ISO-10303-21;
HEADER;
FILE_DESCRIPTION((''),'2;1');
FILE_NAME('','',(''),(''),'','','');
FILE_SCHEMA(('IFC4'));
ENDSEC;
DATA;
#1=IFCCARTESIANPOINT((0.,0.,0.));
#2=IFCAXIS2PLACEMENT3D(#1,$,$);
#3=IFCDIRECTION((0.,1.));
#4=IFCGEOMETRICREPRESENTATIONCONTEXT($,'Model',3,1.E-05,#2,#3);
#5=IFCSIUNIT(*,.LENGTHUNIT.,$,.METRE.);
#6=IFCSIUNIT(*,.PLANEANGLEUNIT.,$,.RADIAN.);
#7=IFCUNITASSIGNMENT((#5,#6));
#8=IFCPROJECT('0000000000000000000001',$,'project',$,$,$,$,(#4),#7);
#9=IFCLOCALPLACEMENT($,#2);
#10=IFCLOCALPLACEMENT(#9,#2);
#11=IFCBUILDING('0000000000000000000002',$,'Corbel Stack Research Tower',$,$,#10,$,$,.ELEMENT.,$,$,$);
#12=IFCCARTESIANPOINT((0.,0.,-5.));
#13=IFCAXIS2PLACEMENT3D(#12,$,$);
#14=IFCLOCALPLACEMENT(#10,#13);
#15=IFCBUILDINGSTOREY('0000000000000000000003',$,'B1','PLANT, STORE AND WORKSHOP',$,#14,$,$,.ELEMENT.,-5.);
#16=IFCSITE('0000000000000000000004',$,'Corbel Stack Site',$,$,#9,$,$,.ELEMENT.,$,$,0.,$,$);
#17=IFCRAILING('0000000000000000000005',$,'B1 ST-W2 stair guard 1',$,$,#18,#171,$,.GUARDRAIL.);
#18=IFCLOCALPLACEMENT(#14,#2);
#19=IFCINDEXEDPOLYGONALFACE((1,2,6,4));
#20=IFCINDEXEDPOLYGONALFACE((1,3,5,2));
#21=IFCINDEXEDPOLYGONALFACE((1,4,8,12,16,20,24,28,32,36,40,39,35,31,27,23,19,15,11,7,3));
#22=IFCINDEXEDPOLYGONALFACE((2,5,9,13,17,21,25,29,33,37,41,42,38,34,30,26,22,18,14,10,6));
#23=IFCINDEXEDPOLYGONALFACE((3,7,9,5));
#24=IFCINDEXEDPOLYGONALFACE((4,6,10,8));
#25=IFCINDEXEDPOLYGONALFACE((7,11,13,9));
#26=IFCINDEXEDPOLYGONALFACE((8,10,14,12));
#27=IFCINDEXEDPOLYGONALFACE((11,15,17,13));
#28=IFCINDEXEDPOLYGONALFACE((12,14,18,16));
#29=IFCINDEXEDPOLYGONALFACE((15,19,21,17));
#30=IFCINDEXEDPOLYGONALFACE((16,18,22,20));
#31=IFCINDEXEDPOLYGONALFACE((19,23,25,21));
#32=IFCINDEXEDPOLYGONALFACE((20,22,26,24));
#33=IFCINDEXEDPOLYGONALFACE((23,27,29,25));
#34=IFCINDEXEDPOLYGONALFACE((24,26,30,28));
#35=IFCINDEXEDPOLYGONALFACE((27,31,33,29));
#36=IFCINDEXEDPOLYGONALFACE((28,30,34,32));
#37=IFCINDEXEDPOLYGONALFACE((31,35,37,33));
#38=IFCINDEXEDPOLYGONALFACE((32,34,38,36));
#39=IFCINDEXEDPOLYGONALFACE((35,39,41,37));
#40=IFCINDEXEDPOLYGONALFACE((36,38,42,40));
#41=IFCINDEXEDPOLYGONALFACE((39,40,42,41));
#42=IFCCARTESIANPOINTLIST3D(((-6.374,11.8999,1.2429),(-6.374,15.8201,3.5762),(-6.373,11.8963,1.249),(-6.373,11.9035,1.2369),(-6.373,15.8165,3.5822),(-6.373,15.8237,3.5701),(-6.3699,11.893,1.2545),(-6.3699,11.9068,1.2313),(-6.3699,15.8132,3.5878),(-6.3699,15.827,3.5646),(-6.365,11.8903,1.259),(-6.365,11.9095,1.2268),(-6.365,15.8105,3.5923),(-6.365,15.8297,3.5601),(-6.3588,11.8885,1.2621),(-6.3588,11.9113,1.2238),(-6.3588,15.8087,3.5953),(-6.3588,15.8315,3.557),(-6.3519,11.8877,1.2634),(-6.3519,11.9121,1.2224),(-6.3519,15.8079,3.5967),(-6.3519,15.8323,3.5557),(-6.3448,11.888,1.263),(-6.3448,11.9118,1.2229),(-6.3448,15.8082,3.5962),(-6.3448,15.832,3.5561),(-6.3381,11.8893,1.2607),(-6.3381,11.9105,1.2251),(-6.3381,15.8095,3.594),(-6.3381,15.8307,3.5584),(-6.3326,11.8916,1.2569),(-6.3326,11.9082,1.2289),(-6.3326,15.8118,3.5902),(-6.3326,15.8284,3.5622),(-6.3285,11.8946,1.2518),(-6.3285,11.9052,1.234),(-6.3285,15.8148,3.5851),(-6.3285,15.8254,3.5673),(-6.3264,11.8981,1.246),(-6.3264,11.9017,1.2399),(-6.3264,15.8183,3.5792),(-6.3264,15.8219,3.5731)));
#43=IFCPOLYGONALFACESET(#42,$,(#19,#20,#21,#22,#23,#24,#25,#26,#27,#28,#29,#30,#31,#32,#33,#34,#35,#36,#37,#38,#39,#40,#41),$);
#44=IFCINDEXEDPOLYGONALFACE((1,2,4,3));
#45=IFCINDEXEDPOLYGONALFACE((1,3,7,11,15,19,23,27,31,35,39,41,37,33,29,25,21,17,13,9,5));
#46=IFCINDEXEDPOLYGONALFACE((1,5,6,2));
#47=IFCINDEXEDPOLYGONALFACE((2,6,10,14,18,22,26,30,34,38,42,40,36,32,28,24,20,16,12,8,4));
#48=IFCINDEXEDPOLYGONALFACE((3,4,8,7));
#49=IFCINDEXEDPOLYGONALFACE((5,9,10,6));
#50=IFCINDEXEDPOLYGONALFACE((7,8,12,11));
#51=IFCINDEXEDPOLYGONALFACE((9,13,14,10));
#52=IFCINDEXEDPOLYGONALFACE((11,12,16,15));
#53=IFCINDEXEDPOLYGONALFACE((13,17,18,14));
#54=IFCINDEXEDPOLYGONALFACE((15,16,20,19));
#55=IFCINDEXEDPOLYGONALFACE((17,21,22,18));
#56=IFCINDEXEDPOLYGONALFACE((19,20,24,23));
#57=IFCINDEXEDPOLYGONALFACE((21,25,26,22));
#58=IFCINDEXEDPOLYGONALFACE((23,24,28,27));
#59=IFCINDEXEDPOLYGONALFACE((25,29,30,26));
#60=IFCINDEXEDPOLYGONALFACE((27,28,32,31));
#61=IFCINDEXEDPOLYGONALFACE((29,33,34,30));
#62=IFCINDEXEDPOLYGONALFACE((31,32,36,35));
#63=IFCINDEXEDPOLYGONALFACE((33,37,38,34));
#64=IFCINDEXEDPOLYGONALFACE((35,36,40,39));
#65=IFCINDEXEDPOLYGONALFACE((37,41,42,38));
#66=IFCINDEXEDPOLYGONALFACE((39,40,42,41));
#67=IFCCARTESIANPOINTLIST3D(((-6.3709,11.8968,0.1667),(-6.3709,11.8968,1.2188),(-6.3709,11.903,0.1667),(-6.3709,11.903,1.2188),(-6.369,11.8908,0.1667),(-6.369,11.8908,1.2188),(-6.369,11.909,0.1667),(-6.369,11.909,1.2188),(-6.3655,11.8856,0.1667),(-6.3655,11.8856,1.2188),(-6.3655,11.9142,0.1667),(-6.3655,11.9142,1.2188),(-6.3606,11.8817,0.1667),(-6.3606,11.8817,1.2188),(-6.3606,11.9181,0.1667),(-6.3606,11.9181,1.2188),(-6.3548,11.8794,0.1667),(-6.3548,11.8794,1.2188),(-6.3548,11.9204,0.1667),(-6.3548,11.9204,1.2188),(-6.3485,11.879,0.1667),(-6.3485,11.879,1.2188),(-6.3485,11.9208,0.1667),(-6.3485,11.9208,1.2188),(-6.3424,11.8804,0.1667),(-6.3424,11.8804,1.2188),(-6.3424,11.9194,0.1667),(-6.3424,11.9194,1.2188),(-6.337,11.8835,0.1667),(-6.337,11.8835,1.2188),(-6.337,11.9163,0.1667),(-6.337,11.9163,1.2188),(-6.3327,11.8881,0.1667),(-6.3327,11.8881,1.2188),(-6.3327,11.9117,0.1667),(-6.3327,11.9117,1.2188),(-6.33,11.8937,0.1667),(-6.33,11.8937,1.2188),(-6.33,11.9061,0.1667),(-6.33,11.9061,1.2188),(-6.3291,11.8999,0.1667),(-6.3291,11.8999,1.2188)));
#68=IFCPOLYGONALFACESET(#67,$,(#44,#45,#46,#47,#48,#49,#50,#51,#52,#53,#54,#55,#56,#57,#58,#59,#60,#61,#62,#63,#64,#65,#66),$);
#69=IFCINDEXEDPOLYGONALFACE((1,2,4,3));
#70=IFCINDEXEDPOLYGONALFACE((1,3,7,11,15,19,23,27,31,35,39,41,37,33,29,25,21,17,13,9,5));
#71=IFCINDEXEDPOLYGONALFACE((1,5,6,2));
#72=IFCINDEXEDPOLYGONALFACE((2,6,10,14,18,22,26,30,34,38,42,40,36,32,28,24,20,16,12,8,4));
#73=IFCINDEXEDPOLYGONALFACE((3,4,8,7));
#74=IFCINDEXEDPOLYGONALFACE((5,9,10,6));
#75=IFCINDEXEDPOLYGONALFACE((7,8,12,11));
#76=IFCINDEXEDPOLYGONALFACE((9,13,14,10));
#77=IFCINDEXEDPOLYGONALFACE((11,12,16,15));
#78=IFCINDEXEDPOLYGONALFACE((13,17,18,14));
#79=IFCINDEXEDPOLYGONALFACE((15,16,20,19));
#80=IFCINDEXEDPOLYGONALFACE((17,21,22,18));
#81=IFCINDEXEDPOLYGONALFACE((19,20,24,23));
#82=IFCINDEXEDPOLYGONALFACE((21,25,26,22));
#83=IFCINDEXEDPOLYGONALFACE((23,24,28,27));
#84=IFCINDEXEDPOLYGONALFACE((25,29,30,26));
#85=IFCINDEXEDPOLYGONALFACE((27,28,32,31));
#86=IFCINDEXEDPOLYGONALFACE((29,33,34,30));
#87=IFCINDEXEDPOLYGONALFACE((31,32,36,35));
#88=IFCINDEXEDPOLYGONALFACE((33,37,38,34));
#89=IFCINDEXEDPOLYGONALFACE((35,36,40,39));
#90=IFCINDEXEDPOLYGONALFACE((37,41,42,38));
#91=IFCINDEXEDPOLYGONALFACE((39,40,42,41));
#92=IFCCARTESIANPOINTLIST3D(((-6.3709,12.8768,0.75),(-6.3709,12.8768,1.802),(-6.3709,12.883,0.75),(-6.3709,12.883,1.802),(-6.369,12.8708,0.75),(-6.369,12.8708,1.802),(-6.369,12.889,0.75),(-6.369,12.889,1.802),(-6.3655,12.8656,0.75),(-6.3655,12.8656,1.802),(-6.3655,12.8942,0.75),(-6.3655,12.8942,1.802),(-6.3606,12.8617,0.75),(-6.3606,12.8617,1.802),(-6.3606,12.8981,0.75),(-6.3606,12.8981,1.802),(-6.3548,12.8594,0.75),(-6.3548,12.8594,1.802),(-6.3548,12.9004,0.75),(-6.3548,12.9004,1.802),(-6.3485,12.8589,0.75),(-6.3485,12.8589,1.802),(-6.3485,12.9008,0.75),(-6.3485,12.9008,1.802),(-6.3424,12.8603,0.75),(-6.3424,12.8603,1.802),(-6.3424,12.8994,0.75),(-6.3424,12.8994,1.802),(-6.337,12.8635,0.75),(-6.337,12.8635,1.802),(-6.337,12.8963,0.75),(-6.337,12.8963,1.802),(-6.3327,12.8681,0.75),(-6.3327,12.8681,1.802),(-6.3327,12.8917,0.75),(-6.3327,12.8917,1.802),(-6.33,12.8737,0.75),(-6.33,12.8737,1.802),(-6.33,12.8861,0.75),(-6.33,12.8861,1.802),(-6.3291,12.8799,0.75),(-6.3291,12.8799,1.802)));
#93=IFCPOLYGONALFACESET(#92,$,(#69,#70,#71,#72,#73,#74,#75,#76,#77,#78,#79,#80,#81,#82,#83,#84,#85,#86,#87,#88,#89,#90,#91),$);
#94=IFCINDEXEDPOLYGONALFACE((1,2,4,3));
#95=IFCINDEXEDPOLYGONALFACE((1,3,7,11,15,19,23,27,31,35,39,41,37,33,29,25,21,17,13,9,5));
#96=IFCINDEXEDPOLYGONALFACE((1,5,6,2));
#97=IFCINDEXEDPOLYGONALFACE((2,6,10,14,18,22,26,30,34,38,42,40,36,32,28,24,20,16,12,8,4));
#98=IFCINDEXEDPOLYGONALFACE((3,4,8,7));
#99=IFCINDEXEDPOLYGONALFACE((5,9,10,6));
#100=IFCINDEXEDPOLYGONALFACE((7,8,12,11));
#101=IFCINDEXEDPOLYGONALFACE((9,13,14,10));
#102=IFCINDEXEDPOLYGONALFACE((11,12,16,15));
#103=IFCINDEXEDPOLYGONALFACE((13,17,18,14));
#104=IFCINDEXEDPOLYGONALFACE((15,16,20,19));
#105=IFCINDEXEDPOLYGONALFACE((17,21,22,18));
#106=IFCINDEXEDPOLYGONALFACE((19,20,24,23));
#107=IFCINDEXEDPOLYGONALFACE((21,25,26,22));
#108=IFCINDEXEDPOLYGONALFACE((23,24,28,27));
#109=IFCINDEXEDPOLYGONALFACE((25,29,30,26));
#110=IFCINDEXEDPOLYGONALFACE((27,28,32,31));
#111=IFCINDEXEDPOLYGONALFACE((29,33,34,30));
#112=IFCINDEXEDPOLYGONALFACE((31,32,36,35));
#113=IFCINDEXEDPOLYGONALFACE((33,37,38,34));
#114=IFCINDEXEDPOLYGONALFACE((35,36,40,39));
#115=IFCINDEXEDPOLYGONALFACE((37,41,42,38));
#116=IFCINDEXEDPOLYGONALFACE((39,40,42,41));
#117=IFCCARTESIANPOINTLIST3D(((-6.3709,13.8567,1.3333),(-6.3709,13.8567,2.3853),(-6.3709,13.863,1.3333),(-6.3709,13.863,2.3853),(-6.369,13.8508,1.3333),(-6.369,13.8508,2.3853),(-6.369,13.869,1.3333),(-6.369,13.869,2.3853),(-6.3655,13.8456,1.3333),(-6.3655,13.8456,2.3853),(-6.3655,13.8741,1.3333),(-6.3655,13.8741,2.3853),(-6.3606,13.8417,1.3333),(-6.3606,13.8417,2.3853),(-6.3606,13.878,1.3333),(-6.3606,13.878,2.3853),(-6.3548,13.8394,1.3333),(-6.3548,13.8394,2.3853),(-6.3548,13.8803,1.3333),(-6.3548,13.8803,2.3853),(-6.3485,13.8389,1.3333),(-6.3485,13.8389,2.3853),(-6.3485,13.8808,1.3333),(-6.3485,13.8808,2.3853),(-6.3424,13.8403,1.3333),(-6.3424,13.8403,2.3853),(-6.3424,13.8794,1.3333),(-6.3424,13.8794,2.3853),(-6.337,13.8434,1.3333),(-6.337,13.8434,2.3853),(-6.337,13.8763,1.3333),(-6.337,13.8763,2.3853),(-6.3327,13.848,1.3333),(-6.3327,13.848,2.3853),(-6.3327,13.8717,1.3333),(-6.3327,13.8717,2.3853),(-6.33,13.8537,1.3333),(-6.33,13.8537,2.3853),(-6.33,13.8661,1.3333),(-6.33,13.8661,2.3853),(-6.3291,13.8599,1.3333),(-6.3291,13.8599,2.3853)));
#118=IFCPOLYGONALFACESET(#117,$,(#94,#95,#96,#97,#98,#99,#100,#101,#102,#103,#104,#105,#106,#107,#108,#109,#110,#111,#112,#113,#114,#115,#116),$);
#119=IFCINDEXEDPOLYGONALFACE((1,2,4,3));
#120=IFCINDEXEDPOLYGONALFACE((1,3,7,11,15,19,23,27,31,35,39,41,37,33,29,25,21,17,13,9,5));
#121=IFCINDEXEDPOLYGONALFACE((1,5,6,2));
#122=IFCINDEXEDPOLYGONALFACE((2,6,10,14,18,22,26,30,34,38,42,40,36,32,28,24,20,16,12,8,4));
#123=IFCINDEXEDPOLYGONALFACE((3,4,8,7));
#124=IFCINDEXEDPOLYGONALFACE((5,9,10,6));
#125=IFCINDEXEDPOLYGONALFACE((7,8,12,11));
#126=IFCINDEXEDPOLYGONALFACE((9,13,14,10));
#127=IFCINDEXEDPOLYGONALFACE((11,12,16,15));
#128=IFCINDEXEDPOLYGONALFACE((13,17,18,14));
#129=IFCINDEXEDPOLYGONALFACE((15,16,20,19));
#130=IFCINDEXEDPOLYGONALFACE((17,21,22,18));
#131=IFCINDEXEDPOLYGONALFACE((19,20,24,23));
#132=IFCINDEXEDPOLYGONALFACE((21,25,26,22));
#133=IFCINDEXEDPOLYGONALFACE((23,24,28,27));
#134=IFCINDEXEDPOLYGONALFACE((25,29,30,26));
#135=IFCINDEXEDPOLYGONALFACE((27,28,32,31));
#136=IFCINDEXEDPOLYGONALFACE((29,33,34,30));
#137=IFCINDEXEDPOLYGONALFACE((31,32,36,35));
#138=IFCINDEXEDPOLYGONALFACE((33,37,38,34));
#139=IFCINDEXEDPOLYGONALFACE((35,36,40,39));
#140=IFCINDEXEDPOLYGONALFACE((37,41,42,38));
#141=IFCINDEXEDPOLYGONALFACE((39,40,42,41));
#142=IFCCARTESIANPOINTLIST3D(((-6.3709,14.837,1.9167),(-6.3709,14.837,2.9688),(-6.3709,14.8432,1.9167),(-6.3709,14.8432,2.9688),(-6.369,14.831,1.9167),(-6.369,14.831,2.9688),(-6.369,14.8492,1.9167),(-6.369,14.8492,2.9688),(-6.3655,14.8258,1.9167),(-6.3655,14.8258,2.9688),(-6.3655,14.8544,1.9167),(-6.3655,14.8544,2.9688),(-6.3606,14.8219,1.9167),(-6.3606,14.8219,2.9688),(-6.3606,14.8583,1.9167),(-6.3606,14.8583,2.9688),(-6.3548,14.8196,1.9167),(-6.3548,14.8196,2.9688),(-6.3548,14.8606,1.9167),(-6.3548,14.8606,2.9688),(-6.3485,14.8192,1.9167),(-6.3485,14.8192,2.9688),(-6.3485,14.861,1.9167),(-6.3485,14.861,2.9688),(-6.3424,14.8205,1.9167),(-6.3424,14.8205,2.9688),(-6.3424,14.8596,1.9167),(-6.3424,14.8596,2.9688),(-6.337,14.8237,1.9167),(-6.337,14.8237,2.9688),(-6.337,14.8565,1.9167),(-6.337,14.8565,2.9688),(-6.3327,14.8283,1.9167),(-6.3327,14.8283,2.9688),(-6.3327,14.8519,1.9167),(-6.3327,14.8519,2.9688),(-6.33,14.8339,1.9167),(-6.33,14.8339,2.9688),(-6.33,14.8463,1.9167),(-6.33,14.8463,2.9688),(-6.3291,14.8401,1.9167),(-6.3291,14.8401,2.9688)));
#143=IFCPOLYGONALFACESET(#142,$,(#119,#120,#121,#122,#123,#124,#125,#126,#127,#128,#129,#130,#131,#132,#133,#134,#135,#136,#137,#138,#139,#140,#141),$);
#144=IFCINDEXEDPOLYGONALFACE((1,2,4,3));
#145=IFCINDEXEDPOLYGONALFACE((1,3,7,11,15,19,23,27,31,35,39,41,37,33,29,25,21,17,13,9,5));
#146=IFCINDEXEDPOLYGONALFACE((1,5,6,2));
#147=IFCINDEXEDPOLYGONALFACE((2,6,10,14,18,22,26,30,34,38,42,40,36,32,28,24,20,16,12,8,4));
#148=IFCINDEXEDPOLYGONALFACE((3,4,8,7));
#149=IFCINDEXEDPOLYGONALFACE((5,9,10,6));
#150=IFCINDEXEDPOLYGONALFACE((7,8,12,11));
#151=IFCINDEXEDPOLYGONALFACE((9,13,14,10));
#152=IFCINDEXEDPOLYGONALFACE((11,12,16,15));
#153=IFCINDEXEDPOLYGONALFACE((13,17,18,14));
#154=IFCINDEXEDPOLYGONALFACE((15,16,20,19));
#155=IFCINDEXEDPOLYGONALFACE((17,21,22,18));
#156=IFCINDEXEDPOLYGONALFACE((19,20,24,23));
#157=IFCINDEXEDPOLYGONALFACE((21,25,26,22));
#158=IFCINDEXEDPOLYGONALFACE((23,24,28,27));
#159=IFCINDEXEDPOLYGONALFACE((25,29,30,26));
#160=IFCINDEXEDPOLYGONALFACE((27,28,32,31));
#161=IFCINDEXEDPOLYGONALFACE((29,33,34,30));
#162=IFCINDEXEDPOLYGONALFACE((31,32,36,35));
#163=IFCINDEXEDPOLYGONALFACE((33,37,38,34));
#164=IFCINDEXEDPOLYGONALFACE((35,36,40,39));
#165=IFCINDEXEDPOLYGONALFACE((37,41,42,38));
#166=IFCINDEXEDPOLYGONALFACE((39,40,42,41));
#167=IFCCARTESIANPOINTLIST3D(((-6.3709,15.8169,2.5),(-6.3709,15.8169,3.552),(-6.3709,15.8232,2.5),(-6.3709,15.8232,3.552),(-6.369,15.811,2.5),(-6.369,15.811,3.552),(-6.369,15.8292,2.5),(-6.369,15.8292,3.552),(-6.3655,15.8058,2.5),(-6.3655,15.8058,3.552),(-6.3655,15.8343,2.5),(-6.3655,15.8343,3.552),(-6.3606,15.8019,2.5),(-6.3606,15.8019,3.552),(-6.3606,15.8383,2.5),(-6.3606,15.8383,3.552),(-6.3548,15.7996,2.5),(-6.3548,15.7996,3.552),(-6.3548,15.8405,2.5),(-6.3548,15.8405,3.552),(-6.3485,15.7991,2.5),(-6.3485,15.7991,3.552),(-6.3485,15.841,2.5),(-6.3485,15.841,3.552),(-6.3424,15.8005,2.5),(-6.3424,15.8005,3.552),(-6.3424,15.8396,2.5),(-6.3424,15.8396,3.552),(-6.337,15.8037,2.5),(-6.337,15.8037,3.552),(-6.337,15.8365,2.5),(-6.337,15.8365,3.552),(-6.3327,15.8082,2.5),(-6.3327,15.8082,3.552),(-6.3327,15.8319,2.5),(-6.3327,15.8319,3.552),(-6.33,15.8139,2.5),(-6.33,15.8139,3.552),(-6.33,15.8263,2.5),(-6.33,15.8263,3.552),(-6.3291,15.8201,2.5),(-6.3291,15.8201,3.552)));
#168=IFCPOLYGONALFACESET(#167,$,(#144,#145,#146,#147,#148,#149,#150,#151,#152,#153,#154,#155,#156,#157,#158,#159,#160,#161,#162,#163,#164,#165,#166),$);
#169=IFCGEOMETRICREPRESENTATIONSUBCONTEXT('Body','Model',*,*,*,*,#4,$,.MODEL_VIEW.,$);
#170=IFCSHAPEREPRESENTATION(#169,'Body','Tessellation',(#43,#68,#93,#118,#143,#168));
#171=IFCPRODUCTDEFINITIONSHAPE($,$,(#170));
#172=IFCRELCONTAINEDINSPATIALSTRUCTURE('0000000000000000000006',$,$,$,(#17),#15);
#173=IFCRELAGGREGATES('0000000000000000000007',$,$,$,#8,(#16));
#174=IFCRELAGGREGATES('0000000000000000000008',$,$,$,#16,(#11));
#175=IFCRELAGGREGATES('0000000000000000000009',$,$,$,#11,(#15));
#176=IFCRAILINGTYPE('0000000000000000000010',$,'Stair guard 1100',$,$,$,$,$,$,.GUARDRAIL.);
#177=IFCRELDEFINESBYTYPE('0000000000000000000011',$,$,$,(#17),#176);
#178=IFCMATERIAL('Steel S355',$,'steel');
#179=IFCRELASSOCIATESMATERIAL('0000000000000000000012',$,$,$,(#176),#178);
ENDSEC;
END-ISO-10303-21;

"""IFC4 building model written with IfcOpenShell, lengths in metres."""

from ifc_helpers import new_model, si_unit, direction, frame, origin, origin_2d, place, context, subcontext, project, spatial, circle, extrude, material, type_object, element, save


model = new_model("IFC4")

# Units and contexts
model_context = context("Model", 3, precision=1e-05, world=origin(), true_north=direction((0.0, 1.0)))
body_context = subcontext(model_context, "Body", "Model", "MODEL_VIEW")
ifc_project = project(units=[si_unit("LENGTHUNIT", "METRE"), si_unit("PLANEANGLEUNIT", "RADIAN")], contexts=[model_context])

# Site, building, storey
site_placement = place(None, origin())
site = spatial("IfcSite", under=ifc_project, at=site_placement, Name="Corbel Stack Site", CompositionType="ELEMENT", RefElevation=0.0)
building_placement = place(site_placement, origin())
building = spatial("IfcBuilding", under=site, at=building_placement, Name="Corbel Stack Research Tower", CompositionType="ELEMENT")
storey_placement = place(building_placement, frame((0.0, 0.0, -5.0)))
storey = spatial("IfcBuildingStorey", under=building, at=storey_placement, Name="B1", Description="PLANT, STORE AND WORKSHOP", CompositionType="ELEMENT", Elevation=-5.0)

# Railing
ifc_material_1 = material(Name="Steel S355", Category="steel")
railing_type_1 = type_object("IfcRailingType", Name="Stair guard 1100", PredefinedType="GUARDRAIL", material=ifc_material_1)
railing_1_placement = place(storey_placement, frame((-6.3501, 11.8999, 0.1667)))
element("IfcRailing", 1, at=railing_1_placement, inside=storey, type_object=railing_type_1, Name="B1 ST-W2 stair guard 1", PredefinedType="GUARDRAIL", context=body_context, shape_type="SweptSolid", body=[
    extrude(circle(Radius=0.0239, at=origin_2d()), frame((0.0, 0.0, 1.0762), z_axis=(0.0, 0.85931, 0.511455), x_axis=(-1.0, 0.0, 0.0)), (0.0, 0.0, 1.0), 4.562),
    extrude(circle(Radius=0.021, at=origin_2d()), origin(), (0.0, 0.0, 1.0), 1.052),
    extrude(circle(Radius=0.021, at=origin_2d()), frame((0.0, 0.98, 0.5833)), (0.0, 0.0, 1.0), 1.052),
    extrude(circle(Radius=0.021, at=origin_2d()), frame((0.0, 1.96, 1.1665)), (0.0, 0.0, 1.0), 1.052),
    extrude(circle(Radius=0.021, at=origin_2d()), frame((0.0, 2.9402, 1.75)), (0.0, 0.0, 1.0), 1.052),
    extrude(circle(Radius=0.021, at=origin_2d()), frame((0.0, 3.9202, 2.3333)), (0.0, 0.0, 1.0), 1.052),
])

save(model, "model.ifc")
